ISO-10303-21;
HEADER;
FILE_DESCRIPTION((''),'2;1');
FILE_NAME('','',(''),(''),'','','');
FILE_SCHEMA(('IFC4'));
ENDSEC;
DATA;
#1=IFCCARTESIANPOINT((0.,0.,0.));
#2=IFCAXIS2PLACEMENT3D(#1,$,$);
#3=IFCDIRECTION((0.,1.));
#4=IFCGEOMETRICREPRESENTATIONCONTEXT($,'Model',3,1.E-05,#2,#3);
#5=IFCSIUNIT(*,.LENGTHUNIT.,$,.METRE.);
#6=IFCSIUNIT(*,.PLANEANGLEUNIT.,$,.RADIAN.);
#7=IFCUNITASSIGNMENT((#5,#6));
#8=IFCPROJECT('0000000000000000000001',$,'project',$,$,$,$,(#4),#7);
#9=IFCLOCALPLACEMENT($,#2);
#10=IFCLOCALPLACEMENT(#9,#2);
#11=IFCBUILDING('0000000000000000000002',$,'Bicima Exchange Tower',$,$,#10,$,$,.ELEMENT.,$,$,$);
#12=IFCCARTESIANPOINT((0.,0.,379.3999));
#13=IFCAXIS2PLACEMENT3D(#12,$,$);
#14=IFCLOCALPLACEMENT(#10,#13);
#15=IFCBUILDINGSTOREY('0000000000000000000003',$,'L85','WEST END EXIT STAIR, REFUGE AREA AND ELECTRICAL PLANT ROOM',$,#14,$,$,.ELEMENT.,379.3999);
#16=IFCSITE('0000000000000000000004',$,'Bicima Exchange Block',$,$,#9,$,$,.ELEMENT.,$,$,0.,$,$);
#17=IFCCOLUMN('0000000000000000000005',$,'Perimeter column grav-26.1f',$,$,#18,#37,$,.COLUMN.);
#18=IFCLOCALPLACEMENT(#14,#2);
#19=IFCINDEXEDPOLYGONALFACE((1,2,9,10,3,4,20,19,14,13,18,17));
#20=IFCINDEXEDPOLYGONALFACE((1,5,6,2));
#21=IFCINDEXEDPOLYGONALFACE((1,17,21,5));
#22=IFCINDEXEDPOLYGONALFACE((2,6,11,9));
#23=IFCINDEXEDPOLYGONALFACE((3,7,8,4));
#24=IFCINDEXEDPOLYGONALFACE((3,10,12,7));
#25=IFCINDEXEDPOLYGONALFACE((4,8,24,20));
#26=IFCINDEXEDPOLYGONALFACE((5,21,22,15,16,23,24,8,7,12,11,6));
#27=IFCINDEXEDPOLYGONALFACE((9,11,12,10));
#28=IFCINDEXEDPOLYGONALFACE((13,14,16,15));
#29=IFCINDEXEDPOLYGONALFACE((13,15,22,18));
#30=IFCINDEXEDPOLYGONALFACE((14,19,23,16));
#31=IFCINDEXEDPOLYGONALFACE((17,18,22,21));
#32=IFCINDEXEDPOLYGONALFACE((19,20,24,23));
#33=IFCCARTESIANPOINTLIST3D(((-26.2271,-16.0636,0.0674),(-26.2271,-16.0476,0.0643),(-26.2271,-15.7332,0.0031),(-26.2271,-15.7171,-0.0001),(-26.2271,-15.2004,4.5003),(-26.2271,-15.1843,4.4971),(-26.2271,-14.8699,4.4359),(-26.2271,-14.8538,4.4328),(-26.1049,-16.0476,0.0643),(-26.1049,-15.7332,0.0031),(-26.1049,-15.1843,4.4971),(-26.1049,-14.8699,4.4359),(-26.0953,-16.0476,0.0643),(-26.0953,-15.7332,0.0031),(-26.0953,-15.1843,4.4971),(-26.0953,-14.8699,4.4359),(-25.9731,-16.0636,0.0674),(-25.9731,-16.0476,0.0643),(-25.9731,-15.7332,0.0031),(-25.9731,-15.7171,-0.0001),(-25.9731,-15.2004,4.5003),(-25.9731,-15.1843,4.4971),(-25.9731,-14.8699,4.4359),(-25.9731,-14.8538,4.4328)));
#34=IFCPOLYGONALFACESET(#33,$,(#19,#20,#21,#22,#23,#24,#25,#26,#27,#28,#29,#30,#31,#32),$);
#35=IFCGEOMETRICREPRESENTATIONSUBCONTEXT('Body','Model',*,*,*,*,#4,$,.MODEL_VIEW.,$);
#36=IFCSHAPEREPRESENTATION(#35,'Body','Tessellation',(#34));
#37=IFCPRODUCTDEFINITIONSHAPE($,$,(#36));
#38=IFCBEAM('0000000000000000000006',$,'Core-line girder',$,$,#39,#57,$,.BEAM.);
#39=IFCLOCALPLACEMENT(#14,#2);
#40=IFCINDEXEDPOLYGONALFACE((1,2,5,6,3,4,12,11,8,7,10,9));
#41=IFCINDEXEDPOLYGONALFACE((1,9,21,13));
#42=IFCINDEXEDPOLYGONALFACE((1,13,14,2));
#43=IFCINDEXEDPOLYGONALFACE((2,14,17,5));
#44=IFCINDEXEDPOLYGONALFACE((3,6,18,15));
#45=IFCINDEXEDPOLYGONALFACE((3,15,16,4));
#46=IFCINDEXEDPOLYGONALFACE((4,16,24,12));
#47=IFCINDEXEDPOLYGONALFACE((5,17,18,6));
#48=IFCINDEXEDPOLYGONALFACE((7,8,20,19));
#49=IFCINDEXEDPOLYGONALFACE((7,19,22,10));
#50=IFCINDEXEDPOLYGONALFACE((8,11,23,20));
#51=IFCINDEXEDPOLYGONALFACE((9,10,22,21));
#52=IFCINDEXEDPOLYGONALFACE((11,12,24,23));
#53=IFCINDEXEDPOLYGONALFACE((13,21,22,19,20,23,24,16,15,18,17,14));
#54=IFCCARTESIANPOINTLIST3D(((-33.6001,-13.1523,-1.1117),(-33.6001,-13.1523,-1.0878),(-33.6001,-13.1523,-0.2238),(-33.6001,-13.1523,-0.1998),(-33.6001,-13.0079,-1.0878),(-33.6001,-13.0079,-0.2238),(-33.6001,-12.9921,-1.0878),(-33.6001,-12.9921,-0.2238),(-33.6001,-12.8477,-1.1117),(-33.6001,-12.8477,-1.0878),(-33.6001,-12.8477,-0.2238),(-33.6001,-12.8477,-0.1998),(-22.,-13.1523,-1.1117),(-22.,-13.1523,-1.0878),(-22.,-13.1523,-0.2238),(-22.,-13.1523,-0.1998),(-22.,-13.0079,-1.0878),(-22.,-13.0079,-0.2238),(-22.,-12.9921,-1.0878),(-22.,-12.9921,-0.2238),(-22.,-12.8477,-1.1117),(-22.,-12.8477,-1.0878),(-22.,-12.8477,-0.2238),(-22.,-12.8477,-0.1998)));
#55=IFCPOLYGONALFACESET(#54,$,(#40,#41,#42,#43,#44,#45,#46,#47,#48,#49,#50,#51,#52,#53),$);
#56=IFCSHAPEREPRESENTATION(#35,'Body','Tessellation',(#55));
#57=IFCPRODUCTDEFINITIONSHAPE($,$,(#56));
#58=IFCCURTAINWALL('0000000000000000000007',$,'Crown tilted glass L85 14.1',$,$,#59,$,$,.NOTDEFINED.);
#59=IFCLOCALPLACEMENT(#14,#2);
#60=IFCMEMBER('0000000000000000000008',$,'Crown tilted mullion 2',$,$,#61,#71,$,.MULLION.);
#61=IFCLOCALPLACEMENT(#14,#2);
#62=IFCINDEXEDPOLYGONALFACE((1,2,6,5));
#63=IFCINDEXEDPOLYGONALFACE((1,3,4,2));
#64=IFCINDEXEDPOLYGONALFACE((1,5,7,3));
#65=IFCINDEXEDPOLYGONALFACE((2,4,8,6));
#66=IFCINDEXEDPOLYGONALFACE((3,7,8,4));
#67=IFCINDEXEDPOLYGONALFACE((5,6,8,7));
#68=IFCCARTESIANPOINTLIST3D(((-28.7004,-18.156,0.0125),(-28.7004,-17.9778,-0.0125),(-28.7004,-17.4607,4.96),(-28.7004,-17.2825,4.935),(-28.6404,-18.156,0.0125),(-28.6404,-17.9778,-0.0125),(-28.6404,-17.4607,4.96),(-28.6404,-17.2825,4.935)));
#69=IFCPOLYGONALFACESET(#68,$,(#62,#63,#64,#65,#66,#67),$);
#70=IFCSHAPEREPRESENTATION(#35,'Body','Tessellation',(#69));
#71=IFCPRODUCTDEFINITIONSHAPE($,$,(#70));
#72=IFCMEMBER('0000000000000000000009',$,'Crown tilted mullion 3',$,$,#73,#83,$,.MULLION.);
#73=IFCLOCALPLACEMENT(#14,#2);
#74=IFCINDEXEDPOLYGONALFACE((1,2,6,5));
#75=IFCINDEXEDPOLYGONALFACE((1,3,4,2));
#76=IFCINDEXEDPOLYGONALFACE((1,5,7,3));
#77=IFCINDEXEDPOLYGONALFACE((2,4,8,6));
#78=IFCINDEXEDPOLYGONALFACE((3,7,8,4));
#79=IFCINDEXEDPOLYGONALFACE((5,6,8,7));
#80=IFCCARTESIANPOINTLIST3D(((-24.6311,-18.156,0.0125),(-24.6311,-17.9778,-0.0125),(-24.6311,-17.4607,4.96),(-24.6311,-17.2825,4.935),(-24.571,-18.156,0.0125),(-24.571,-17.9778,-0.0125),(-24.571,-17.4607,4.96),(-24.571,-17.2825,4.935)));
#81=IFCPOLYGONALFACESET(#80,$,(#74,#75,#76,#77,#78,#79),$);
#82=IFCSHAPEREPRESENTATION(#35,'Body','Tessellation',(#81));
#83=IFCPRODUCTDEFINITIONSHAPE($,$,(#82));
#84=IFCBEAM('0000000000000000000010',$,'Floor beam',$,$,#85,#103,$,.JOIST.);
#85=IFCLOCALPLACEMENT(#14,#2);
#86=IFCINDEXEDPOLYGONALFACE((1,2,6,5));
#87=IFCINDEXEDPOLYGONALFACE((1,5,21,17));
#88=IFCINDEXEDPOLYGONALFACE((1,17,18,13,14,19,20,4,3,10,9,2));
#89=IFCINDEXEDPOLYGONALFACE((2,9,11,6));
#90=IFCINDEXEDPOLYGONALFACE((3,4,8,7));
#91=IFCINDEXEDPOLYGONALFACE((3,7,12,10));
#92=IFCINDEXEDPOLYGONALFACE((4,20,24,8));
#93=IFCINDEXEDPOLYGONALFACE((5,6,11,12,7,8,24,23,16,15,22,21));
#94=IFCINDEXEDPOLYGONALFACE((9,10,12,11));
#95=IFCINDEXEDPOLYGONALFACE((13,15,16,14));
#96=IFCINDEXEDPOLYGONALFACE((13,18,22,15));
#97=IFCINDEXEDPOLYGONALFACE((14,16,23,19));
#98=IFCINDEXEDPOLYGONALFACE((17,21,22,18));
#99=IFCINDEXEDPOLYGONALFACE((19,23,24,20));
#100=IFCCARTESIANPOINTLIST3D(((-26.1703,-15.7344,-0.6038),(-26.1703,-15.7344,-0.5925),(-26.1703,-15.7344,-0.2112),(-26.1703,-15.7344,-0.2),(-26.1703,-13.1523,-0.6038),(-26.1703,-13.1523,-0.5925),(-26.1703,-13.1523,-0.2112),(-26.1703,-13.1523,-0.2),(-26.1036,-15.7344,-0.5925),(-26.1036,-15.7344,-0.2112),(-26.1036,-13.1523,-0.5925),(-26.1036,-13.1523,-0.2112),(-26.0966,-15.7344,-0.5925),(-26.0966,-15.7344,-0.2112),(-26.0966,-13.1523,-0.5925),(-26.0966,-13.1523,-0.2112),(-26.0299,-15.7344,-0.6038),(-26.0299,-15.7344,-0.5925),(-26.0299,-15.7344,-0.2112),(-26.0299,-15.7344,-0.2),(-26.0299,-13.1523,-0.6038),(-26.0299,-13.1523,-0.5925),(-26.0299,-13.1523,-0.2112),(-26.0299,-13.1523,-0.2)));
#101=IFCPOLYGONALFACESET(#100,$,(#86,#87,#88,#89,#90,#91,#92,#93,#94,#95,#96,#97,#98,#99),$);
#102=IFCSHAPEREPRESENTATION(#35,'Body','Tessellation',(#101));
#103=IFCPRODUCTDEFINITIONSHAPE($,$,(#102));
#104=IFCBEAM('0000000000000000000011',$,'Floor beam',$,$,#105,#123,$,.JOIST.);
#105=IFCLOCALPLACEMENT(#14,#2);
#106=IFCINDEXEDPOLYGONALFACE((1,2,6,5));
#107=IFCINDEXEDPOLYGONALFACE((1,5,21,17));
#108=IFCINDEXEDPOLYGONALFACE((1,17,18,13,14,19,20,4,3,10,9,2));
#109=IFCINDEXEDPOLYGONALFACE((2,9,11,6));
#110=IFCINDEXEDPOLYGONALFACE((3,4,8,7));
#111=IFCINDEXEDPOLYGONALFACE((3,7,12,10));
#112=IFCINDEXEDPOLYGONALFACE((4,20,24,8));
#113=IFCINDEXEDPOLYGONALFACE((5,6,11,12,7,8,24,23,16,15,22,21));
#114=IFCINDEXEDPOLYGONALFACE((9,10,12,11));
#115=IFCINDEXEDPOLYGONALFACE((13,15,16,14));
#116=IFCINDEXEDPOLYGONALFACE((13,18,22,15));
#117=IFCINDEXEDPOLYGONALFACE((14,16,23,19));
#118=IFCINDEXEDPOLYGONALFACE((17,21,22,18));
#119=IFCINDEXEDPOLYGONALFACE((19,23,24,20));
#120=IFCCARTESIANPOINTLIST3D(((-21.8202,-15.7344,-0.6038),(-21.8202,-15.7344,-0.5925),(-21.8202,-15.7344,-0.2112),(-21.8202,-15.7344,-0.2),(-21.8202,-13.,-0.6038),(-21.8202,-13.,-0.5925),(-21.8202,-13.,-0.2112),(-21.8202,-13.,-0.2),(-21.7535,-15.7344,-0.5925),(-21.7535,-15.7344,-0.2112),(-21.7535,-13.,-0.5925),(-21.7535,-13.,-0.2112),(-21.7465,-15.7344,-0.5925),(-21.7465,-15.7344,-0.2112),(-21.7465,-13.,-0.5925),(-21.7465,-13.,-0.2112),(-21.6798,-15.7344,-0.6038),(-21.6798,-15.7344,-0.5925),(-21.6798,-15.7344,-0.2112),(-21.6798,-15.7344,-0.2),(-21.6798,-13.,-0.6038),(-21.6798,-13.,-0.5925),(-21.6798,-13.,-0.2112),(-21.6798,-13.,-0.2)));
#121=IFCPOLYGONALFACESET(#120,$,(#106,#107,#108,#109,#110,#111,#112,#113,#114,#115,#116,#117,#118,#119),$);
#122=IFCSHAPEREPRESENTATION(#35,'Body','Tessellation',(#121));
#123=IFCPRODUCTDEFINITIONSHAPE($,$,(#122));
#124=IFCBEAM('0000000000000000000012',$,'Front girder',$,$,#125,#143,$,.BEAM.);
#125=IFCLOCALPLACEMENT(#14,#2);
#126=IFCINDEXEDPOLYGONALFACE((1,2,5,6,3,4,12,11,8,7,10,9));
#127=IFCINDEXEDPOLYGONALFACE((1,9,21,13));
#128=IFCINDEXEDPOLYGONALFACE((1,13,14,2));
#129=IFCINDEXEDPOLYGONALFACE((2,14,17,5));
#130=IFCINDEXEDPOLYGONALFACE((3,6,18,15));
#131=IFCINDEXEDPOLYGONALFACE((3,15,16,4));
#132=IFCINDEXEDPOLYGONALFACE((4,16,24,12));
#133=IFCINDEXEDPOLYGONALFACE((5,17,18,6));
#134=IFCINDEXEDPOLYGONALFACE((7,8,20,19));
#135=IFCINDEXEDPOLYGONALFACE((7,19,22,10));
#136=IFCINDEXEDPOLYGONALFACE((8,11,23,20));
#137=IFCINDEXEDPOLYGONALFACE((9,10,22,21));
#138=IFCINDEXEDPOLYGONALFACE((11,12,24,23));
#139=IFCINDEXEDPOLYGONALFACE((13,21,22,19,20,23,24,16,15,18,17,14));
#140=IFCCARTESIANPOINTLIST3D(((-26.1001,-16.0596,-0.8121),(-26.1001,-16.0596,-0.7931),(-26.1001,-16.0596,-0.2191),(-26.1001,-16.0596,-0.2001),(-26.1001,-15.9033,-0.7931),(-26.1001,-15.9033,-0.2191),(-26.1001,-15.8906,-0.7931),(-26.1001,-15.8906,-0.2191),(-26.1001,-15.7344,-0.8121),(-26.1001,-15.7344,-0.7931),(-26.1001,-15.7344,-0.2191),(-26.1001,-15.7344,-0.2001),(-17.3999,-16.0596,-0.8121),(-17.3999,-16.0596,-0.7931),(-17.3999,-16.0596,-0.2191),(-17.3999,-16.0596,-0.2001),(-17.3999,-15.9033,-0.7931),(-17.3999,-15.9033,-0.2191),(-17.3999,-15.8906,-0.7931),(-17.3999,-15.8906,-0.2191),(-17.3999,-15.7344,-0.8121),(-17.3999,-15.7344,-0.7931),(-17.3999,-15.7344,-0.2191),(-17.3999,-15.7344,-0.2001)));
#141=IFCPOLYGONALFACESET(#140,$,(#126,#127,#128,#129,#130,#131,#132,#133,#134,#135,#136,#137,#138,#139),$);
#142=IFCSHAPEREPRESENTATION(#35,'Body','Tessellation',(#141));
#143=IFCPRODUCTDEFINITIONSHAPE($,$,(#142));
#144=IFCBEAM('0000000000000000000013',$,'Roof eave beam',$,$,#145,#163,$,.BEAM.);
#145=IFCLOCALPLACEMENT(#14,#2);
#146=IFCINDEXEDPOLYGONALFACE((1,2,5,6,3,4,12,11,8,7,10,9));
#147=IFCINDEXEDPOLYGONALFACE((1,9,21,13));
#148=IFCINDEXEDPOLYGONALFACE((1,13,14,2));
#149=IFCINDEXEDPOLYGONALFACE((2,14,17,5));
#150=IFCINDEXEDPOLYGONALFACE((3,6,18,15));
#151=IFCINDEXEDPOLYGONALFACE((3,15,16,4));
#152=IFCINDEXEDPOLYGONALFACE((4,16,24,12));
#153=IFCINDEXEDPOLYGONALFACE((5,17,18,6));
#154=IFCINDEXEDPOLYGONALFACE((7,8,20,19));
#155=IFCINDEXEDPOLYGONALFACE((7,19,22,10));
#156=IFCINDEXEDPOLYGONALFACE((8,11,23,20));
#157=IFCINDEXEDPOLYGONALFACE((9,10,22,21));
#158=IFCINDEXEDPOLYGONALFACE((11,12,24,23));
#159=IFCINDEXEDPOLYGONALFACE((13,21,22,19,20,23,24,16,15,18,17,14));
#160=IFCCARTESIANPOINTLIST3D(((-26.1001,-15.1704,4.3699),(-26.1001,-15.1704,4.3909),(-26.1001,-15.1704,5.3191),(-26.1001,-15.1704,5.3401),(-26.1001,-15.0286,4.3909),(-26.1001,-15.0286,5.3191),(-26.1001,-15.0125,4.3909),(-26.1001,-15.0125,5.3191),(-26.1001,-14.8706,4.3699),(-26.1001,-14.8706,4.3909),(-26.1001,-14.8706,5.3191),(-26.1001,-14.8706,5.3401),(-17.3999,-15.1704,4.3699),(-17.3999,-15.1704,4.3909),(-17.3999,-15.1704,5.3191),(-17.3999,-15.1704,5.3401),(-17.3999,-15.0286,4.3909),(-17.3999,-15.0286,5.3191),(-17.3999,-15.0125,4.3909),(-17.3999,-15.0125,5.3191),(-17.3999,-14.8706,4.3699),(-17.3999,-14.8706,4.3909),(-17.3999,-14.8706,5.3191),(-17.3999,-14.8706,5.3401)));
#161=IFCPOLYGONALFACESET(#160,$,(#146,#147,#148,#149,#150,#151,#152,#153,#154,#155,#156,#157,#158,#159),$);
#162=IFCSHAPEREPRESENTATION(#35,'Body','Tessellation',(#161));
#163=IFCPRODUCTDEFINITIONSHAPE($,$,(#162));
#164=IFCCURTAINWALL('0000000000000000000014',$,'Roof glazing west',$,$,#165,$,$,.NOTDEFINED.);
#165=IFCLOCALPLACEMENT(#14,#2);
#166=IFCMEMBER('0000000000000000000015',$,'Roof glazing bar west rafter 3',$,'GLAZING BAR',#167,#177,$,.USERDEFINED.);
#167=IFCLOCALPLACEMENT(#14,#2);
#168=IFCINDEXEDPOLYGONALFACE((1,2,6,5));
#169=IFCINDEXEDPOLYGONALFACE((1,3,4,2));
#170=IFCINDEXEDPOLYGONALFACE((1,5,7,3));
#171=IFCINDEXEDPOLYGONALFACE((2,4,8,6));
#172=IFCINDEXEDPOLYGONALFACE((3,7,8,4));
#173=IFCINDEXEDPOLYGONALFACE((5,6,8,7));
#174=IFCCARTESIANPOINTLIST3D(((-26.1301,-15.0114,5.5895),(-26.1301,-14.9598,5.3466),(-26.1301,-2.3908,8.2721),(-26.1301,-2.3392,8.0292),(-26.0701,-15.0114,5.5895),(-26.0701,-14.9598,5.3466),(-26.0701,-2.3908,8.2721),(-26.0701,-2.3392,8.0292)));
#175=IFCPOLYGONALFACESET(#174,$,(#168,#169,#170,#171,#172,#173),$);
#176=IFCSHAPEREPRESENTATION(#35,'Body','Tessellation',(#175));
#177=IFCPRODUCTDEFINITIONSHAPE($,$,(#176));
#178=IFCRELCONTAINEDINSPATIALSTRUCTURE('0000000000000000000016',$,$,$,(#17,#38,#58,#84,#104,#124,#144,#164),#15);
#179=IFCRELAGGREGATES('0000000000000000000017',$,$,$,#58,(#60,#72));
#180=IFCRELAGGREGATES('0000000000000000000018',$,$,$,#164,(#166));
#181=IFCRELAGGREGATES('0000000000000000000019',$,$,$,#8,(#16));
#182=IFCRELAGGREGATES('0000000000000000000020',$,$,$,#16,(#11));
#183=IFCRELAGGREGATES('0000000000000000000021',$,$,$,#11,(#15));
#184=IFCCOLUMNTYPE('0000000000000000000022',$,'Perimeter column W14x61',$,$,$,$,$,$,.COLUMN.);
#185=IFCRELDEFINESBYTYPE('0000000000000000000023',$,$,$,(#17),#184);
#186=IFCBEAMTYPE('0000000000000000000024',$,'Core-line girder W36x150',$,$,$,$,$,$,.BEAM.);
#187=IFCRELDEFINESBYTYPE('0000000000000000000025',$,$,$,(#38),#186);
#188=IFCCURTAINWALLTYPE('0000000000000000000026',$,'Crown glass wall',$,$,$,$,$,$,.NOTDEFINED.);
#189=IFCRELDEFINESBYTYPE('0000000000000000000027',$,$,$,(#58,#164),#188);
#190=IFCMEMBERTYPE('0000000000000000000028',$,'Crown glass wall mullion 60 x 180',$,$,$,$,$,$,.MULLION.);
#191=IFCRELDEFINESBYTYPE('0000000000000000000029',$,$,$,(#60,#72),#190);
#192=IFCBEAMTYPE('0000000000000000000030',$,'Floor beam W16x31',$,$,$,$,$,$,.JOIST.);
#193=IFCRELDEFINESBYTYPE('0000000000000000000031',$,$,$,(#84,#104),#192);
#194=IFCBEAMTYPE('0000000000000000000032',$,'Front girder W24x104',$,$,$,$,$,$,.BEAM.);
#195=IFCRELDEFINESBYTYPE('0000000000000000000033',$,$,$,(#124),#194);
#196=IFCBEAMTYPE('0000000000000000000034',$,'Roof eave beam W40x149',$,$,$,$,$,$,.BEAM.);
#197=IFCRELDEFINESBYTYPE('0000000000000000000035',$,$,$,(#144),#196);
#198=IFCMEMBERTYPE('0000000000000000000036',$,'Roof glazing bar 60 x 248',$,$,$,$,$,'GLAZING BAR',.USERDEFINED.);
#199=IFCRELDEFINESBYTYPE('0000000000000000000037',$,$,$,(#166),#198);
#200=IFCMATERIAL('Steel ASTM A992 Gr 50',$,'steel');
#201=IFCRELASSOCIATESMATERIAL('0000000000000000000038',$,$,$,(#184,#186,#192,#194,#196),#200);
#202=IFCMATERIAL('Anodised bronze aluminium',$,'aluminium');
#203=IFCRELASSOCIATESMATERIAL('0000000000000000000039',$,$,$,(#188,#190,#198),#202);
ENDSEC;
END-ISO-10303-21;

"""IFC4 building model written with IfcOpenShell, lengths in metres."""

from ifc_helpers import new_model, si_unit, direction, frame, origin, origin_2d, place, context, subcontext, project, spatial, rectangle, i_section, extrude, material, material_profile, profile_set, type_object, element, aggregate, save


model = new_model("IFC4")

# Units and contexts
model_context = context("Model", 3, precision=1e-05, world=origin(), true_north=direction((0.0, 1.0)))
body_context = subcontext(model_context, "Body", "Model", "MODEL_VIEW")
ifc_project = project(units=[si_unit("LENGTHUNIT", "METRE"), si_unit("PLANEANGLEUNIT", "RADIAN")], contexts=[model_context])

# Site, building, storey
site_placement = place(None, origin())
site = spatial("IfcSite", under=ifc_project, at=site_placement, Name="Bicima Exchange Block", CompositionType="ELEMENT", RefElevation=0.0)
building_placement = place(site_placement, origin())
building = spatial("IfcBuilding", under=site, at=building_placement, Name="Bicima Exchange Tower", CompositionType="ELEMENT")
storey_placement = place(building_placement, frame((0.0, 0.0, 379.3999)))
storey = spatial("IfcBuildingStorey", under=building, at=storey_placement, Name="L85", Description="WEST END EXIT STAIR, REFUGE AREA AND ELECTRICAL PLANT ROOM", CompositionType="ELEMENT", Elevation=379.3999)

# Column
ifc_material_1 = material(Name="Steel ASTM A992 Gr 50", Category="steel")
ifc_material_profile_1 = material_profile(ifc_material_1, i_section(OverallWidth=0.2539, OverallDepth=0.353, WebThickness=0.0095, FlangeThickness=0.0164, at=origin_2d()))
ifc_profile_set_1 = profile_set([ifc_material_profile_1], Name="Steel ASTM A992 Gr 50")
column_type = type_object("IfcColumnType", Name="Perimeter column W14x61", PredefinedType="COLUMN", material=ifc_profile_set_1)
column_placement = place(storey_placement, frame((-26.1001, -15.8904, 0.0337), z_axis=(0.0, 0.191155, 0.98156), x_axis=(-1.0, 0.0, 0.0)))
element("IfcColumn", 1, at=column_placement, inside=storey, type_object=column_type, Name="Perimeter column grav-26.1f", PredefinedType="COLUMN", context=body_context, shape_type="SweptSolid", body=[
    extrude(i_section(OverallWidth=0.2539, OverallDepth=0.353, WebThickness=0.0095, FlangeThickness=0.0164, at=origin_2d()), origin(), (0.0, 0.0, 1.0), 4.5161),
])

# Beam
ifc_material_profile_2 = material_profile(ifc_material_1, i_section(OverallWidth=0.3047, OverallDepth=0.9119, WebThickness=0.0159, FlangeThickness=0.0239, at=origin_2d()))
ifc_profile_set_2 = profile_set([ifc_material_profile_2], Name="Steel ASTM A992 Gr 50")
beam_type_1 = type_object("IfcBeamType", Name="Core-line girder W36x150", PredefinedType="BEAM", material=ifc_profile_set_2)
beam_1_placement = place(storey_placement, frame((-22.0, -13.0, -0.6558), z_axis=(-1.0, 0.0, 0.0), x_axis=(0.0, -1.0, 0.0)))
element("IfcBeam", 2, at=beam_1_placement, inside=storey, type_object=beam_type_1, Name="Core-line girder", PredefinedType="BEAM", context=body_context, shape_type="SweptSolid", body=[
    extrude(i_section(OverallWidth=0.3047, OverallDepth=0.9119, WebThickness=0.0159, FlangeThickness=0.0239, at=origin_2d()), origin(), (0.0, 0.0, 1.0), 11.6001),
])

# Curtain wall, members
ifc_material_2 = material(Name="Anodised bronze aluminium", Category="aluminium")
curtain_wall_type = type_object("IfcCurtainWallType", Name="Crown glass wall", PredefinedType="NOTDEFINED", material=ifc_material_2)
curtain_wall_1_placement = place(storey_placement, origin())
curtain_wall_1 = element("IfcCurtainWall", 3, at=curtain_wall_1_placement, inside=storey, type_object=curtain_wall_type, Name="Crown tilted glass L85 14.1", PredefinedType="NOTDEFINED")
ifc_material_profile_3 = material_profile(ifc_material_2, rectangle(XDim=0.1799, YDim=0.0601, at=origin_2d()))
ifc_profile_set_3 = profile_set([ifc_material_profile_3], Name="Anodised bronze aluminium")
member_type_1 = type_object("IfcMemberType", Name="Crown glass wall mullion 60 x 180", PredefinedType="MULLION", material=ifc_profile_set_3)
member_1_placement = place(storey_placement, frame((-28.6704, -18.0669, 0.0), z_axis=(0.0, 0.13917, 0.990268), x_axis=(0.0, -0.990268, 0.13917)))
member_1 = element("IfcMember", 4, at=member_1_placement, type_object=member_type_1, Name="Crown tilted mullion 2", PredefinedType="MULLION", context=body_context, shape_type="SweptSolid", body=[
    extrude(rectangle(XDim=0.1799, YDim=0.0601, at=origin_2d()), origin(), (0.0, 0.0, 1.0), 4.9961),
])
member_2_placement = place(storey_placement, frame((-24.6011, -18.0669, 0.0), z_axis=(0.0, 0.13917, 0.990268), x_axis=(0.0, -0.990268, 0.13917)))
member_2 = element("IfcMember", 5, at=member_2_placement, type_object=member_type_1, Name="Crown tilted mullion 3", PredefinedType="MULLION", context=body_context, shape_type="SweptSolid", body=[
    extrude(rectangle(XDim=0.1799, YDim=0.0601, at=origin_2d()), origin(), (0.0, 0.0, 1.0), 4.9961),
])

# Beams
ifc_material_profile_4 = material_profile(ifc_material_1, i_section(OverallWidth=0.1404, OverallDepth=0.4038, WebThickness=0.0071, FlangeThickness=0.0112, at=origin_2d()))
ifc_profile_set_4 = profile_set([ifc_material_profile_4], Name="Steel ASTM A992 Gr 50")
beam_type_2 = type_object("IfcBeamType", Name="Floor beam W16x31", PredefinedType="JOIST", material=ifc_profile_set_4)
beam_2_placement = place(storey_placement, frame((-26.1001, -13.1523, -0.4019), z_axis=(0.0, -1.0, 0.0), x_axis=(1.0, 0.0, 0.0)))
element("IfcBeam", 6, at=beam_2_placement, inside=storey, type_object=beam_type_2, Name="Floor beam", PredefinedType="JOIST", context=body_context, shape_type="SweptSolid", body=[
    extrude(i_section(OverallWidth=0.1404, OverallDepth=0.4038, WebThickness=0.0071, FlangeThickness=0.0112, at=origin_2d()), origin(), (0.0, 0.0, 1.0), 2.582),
])
beam_3_placement = place(storey_placement, frame((-21.75, -13.0, -0.4019), z_axis=(0.0, -1.0, 0.0), x_axis=(1.0, 0.0, 0.0)))
element("IfcBeam", 7, at=beam_3_placement, inside=storey, type_object=beam_type_2, Name="Floor beam", PredefinedType="JOIST", context=body_context, shape_type="SweptSolid", body=[
    extrude(i_section(OverallWidth=0.1404, OverallDepth=0.4038, WebThickness=0.0071, FlangeThickness=0.0112, at=origin_2d()), origin(), (0.0, 0.0, 1.0), 2.7344),
])
ifc_material_profile_5 = material_profile(ifc_material_1, i_section(OverallWidth=0.3252, OverallDepth=0.6121, WebThickness=0.0127, FlangeThickness=0.019, at=origin_2d()))
ifc_profile_set_5 = profile_set([ifc_material_profile_5], Name="Steel ASTM A992 Gr 50")
beam_type_3 = type_object("IfcBeamType", Name="Front girder W24x104", PredefinedType="BEAM", material=ifc_profile_set_5)
beam_4_placement = place(storey_placement, frame((-26.1001, -15.897, -0.5061), z_axis=(1.0, 0.0, 0.0), x_axis=(0.0, 1.0, 0.0)))
element("IfcBeam", 8, at=beam_4_placement, inside=storey, type_object=beam_type_3, Name="Front girder", PredefinedType="BEAM", context=body_context, shape_type="SweptSolid", body=[
    extrude(i_section(OverallWidth=0.3252, OverallDepth=0.6121, WebThickness=0.0127, FlangeThickness=0.019, at=origin_2d()), origin(), (0.0, 0.0, 1.0), 8.7002),
])
ifc_material_profile_6 = material_profile(ifc_material_1, i_section(OverallWidth=0.2998, OverallDepth=0.9702, WebThickness=0.0161, FlangeThickness=0.021, at=origin_2d()))
ifc_profile_set_6 = profile_set([ifc_material_profile_6], Name="Steel ASTM A992 Gr 50")
beam_type_4 = type_object("IfcBeamType", Name="Roof eave beam W40x149", PredefinedType="BEAM", material=ifc_profile_set_6)
beam_5_placement = place(storey_placement, frame((-26.1001, -15.0205, 4.855), z_axis=(1.0, 0.0, 0.0), x_axis=(0.0, 1.0, 0.0)))
element("IfcBeam", 9, at=beam_5_placement, inside=storey, type_object=beam_type_4, Name="Roof eave beam", PredefinedType="BEAM", context=body_context, shape_type="SweptSolid", body=[
    extrude(i_section(OverallWidth=0.2998, OverallDepth=0.9702, WebThickness=0.0161, FlangeThickness=0.021, at=origin_2d()), origin(), (0.0, 0.0, 1.0), 8.7002),
])

# Curtain wall, member
curtain_wall_2_placement = place(storey_placement, origin())
curtain_wall_2 = element("IfcCurtainWall", 10, at=curtain_wall_2_placement, inside=storey, type_object=curtain_wall_type, Name="Roof glazing west", PredefinedType="NOTDEFINED")
ifc_material_profile_7 = material_profile(ifc_material_2, rectangle(XDim=0.0601, YDim=0.2483, at=origin_2d()))
ifc_profile_set_7 = profile_set([ifc_material_profile_7], Name="Anodised bronze aluminium")
member_type_2 = type_object("IfcMemberType", Name="Roof glazing bar 60 x 248", ElementType="GLAZING BAR", PredefinedType="USERDEFINED", material=ifc_profile_set_7)
member_3_placement = place(storey_placement, frame((-26.1001, -14.9856, 5.468), z_axis=(0.0, 0.978147, 0.207914), x_axis=(-1.0, 0.0, 0.0)))
member_3 = element("IfcMember", 11, at=member_3_placement, type_object=member_type_2, Name="Roof glazing bar west rafter 3", ObjectType="GLAZING BAR", PredefinedType="USERDEFINED", context=body_context, shape_type="SweptSolid", body=[
    extrude(rectangle(XDim=0.0601, YDim=0.2483, at=origin_2d()), origin(), (0.0, 0.0, 1.0), 12.9026),
])

aggregate(curtain_wall_1, [member_1, member_2])
aggregate(curtain_wall_2, [member_3])

save(model, "model.ifc")
